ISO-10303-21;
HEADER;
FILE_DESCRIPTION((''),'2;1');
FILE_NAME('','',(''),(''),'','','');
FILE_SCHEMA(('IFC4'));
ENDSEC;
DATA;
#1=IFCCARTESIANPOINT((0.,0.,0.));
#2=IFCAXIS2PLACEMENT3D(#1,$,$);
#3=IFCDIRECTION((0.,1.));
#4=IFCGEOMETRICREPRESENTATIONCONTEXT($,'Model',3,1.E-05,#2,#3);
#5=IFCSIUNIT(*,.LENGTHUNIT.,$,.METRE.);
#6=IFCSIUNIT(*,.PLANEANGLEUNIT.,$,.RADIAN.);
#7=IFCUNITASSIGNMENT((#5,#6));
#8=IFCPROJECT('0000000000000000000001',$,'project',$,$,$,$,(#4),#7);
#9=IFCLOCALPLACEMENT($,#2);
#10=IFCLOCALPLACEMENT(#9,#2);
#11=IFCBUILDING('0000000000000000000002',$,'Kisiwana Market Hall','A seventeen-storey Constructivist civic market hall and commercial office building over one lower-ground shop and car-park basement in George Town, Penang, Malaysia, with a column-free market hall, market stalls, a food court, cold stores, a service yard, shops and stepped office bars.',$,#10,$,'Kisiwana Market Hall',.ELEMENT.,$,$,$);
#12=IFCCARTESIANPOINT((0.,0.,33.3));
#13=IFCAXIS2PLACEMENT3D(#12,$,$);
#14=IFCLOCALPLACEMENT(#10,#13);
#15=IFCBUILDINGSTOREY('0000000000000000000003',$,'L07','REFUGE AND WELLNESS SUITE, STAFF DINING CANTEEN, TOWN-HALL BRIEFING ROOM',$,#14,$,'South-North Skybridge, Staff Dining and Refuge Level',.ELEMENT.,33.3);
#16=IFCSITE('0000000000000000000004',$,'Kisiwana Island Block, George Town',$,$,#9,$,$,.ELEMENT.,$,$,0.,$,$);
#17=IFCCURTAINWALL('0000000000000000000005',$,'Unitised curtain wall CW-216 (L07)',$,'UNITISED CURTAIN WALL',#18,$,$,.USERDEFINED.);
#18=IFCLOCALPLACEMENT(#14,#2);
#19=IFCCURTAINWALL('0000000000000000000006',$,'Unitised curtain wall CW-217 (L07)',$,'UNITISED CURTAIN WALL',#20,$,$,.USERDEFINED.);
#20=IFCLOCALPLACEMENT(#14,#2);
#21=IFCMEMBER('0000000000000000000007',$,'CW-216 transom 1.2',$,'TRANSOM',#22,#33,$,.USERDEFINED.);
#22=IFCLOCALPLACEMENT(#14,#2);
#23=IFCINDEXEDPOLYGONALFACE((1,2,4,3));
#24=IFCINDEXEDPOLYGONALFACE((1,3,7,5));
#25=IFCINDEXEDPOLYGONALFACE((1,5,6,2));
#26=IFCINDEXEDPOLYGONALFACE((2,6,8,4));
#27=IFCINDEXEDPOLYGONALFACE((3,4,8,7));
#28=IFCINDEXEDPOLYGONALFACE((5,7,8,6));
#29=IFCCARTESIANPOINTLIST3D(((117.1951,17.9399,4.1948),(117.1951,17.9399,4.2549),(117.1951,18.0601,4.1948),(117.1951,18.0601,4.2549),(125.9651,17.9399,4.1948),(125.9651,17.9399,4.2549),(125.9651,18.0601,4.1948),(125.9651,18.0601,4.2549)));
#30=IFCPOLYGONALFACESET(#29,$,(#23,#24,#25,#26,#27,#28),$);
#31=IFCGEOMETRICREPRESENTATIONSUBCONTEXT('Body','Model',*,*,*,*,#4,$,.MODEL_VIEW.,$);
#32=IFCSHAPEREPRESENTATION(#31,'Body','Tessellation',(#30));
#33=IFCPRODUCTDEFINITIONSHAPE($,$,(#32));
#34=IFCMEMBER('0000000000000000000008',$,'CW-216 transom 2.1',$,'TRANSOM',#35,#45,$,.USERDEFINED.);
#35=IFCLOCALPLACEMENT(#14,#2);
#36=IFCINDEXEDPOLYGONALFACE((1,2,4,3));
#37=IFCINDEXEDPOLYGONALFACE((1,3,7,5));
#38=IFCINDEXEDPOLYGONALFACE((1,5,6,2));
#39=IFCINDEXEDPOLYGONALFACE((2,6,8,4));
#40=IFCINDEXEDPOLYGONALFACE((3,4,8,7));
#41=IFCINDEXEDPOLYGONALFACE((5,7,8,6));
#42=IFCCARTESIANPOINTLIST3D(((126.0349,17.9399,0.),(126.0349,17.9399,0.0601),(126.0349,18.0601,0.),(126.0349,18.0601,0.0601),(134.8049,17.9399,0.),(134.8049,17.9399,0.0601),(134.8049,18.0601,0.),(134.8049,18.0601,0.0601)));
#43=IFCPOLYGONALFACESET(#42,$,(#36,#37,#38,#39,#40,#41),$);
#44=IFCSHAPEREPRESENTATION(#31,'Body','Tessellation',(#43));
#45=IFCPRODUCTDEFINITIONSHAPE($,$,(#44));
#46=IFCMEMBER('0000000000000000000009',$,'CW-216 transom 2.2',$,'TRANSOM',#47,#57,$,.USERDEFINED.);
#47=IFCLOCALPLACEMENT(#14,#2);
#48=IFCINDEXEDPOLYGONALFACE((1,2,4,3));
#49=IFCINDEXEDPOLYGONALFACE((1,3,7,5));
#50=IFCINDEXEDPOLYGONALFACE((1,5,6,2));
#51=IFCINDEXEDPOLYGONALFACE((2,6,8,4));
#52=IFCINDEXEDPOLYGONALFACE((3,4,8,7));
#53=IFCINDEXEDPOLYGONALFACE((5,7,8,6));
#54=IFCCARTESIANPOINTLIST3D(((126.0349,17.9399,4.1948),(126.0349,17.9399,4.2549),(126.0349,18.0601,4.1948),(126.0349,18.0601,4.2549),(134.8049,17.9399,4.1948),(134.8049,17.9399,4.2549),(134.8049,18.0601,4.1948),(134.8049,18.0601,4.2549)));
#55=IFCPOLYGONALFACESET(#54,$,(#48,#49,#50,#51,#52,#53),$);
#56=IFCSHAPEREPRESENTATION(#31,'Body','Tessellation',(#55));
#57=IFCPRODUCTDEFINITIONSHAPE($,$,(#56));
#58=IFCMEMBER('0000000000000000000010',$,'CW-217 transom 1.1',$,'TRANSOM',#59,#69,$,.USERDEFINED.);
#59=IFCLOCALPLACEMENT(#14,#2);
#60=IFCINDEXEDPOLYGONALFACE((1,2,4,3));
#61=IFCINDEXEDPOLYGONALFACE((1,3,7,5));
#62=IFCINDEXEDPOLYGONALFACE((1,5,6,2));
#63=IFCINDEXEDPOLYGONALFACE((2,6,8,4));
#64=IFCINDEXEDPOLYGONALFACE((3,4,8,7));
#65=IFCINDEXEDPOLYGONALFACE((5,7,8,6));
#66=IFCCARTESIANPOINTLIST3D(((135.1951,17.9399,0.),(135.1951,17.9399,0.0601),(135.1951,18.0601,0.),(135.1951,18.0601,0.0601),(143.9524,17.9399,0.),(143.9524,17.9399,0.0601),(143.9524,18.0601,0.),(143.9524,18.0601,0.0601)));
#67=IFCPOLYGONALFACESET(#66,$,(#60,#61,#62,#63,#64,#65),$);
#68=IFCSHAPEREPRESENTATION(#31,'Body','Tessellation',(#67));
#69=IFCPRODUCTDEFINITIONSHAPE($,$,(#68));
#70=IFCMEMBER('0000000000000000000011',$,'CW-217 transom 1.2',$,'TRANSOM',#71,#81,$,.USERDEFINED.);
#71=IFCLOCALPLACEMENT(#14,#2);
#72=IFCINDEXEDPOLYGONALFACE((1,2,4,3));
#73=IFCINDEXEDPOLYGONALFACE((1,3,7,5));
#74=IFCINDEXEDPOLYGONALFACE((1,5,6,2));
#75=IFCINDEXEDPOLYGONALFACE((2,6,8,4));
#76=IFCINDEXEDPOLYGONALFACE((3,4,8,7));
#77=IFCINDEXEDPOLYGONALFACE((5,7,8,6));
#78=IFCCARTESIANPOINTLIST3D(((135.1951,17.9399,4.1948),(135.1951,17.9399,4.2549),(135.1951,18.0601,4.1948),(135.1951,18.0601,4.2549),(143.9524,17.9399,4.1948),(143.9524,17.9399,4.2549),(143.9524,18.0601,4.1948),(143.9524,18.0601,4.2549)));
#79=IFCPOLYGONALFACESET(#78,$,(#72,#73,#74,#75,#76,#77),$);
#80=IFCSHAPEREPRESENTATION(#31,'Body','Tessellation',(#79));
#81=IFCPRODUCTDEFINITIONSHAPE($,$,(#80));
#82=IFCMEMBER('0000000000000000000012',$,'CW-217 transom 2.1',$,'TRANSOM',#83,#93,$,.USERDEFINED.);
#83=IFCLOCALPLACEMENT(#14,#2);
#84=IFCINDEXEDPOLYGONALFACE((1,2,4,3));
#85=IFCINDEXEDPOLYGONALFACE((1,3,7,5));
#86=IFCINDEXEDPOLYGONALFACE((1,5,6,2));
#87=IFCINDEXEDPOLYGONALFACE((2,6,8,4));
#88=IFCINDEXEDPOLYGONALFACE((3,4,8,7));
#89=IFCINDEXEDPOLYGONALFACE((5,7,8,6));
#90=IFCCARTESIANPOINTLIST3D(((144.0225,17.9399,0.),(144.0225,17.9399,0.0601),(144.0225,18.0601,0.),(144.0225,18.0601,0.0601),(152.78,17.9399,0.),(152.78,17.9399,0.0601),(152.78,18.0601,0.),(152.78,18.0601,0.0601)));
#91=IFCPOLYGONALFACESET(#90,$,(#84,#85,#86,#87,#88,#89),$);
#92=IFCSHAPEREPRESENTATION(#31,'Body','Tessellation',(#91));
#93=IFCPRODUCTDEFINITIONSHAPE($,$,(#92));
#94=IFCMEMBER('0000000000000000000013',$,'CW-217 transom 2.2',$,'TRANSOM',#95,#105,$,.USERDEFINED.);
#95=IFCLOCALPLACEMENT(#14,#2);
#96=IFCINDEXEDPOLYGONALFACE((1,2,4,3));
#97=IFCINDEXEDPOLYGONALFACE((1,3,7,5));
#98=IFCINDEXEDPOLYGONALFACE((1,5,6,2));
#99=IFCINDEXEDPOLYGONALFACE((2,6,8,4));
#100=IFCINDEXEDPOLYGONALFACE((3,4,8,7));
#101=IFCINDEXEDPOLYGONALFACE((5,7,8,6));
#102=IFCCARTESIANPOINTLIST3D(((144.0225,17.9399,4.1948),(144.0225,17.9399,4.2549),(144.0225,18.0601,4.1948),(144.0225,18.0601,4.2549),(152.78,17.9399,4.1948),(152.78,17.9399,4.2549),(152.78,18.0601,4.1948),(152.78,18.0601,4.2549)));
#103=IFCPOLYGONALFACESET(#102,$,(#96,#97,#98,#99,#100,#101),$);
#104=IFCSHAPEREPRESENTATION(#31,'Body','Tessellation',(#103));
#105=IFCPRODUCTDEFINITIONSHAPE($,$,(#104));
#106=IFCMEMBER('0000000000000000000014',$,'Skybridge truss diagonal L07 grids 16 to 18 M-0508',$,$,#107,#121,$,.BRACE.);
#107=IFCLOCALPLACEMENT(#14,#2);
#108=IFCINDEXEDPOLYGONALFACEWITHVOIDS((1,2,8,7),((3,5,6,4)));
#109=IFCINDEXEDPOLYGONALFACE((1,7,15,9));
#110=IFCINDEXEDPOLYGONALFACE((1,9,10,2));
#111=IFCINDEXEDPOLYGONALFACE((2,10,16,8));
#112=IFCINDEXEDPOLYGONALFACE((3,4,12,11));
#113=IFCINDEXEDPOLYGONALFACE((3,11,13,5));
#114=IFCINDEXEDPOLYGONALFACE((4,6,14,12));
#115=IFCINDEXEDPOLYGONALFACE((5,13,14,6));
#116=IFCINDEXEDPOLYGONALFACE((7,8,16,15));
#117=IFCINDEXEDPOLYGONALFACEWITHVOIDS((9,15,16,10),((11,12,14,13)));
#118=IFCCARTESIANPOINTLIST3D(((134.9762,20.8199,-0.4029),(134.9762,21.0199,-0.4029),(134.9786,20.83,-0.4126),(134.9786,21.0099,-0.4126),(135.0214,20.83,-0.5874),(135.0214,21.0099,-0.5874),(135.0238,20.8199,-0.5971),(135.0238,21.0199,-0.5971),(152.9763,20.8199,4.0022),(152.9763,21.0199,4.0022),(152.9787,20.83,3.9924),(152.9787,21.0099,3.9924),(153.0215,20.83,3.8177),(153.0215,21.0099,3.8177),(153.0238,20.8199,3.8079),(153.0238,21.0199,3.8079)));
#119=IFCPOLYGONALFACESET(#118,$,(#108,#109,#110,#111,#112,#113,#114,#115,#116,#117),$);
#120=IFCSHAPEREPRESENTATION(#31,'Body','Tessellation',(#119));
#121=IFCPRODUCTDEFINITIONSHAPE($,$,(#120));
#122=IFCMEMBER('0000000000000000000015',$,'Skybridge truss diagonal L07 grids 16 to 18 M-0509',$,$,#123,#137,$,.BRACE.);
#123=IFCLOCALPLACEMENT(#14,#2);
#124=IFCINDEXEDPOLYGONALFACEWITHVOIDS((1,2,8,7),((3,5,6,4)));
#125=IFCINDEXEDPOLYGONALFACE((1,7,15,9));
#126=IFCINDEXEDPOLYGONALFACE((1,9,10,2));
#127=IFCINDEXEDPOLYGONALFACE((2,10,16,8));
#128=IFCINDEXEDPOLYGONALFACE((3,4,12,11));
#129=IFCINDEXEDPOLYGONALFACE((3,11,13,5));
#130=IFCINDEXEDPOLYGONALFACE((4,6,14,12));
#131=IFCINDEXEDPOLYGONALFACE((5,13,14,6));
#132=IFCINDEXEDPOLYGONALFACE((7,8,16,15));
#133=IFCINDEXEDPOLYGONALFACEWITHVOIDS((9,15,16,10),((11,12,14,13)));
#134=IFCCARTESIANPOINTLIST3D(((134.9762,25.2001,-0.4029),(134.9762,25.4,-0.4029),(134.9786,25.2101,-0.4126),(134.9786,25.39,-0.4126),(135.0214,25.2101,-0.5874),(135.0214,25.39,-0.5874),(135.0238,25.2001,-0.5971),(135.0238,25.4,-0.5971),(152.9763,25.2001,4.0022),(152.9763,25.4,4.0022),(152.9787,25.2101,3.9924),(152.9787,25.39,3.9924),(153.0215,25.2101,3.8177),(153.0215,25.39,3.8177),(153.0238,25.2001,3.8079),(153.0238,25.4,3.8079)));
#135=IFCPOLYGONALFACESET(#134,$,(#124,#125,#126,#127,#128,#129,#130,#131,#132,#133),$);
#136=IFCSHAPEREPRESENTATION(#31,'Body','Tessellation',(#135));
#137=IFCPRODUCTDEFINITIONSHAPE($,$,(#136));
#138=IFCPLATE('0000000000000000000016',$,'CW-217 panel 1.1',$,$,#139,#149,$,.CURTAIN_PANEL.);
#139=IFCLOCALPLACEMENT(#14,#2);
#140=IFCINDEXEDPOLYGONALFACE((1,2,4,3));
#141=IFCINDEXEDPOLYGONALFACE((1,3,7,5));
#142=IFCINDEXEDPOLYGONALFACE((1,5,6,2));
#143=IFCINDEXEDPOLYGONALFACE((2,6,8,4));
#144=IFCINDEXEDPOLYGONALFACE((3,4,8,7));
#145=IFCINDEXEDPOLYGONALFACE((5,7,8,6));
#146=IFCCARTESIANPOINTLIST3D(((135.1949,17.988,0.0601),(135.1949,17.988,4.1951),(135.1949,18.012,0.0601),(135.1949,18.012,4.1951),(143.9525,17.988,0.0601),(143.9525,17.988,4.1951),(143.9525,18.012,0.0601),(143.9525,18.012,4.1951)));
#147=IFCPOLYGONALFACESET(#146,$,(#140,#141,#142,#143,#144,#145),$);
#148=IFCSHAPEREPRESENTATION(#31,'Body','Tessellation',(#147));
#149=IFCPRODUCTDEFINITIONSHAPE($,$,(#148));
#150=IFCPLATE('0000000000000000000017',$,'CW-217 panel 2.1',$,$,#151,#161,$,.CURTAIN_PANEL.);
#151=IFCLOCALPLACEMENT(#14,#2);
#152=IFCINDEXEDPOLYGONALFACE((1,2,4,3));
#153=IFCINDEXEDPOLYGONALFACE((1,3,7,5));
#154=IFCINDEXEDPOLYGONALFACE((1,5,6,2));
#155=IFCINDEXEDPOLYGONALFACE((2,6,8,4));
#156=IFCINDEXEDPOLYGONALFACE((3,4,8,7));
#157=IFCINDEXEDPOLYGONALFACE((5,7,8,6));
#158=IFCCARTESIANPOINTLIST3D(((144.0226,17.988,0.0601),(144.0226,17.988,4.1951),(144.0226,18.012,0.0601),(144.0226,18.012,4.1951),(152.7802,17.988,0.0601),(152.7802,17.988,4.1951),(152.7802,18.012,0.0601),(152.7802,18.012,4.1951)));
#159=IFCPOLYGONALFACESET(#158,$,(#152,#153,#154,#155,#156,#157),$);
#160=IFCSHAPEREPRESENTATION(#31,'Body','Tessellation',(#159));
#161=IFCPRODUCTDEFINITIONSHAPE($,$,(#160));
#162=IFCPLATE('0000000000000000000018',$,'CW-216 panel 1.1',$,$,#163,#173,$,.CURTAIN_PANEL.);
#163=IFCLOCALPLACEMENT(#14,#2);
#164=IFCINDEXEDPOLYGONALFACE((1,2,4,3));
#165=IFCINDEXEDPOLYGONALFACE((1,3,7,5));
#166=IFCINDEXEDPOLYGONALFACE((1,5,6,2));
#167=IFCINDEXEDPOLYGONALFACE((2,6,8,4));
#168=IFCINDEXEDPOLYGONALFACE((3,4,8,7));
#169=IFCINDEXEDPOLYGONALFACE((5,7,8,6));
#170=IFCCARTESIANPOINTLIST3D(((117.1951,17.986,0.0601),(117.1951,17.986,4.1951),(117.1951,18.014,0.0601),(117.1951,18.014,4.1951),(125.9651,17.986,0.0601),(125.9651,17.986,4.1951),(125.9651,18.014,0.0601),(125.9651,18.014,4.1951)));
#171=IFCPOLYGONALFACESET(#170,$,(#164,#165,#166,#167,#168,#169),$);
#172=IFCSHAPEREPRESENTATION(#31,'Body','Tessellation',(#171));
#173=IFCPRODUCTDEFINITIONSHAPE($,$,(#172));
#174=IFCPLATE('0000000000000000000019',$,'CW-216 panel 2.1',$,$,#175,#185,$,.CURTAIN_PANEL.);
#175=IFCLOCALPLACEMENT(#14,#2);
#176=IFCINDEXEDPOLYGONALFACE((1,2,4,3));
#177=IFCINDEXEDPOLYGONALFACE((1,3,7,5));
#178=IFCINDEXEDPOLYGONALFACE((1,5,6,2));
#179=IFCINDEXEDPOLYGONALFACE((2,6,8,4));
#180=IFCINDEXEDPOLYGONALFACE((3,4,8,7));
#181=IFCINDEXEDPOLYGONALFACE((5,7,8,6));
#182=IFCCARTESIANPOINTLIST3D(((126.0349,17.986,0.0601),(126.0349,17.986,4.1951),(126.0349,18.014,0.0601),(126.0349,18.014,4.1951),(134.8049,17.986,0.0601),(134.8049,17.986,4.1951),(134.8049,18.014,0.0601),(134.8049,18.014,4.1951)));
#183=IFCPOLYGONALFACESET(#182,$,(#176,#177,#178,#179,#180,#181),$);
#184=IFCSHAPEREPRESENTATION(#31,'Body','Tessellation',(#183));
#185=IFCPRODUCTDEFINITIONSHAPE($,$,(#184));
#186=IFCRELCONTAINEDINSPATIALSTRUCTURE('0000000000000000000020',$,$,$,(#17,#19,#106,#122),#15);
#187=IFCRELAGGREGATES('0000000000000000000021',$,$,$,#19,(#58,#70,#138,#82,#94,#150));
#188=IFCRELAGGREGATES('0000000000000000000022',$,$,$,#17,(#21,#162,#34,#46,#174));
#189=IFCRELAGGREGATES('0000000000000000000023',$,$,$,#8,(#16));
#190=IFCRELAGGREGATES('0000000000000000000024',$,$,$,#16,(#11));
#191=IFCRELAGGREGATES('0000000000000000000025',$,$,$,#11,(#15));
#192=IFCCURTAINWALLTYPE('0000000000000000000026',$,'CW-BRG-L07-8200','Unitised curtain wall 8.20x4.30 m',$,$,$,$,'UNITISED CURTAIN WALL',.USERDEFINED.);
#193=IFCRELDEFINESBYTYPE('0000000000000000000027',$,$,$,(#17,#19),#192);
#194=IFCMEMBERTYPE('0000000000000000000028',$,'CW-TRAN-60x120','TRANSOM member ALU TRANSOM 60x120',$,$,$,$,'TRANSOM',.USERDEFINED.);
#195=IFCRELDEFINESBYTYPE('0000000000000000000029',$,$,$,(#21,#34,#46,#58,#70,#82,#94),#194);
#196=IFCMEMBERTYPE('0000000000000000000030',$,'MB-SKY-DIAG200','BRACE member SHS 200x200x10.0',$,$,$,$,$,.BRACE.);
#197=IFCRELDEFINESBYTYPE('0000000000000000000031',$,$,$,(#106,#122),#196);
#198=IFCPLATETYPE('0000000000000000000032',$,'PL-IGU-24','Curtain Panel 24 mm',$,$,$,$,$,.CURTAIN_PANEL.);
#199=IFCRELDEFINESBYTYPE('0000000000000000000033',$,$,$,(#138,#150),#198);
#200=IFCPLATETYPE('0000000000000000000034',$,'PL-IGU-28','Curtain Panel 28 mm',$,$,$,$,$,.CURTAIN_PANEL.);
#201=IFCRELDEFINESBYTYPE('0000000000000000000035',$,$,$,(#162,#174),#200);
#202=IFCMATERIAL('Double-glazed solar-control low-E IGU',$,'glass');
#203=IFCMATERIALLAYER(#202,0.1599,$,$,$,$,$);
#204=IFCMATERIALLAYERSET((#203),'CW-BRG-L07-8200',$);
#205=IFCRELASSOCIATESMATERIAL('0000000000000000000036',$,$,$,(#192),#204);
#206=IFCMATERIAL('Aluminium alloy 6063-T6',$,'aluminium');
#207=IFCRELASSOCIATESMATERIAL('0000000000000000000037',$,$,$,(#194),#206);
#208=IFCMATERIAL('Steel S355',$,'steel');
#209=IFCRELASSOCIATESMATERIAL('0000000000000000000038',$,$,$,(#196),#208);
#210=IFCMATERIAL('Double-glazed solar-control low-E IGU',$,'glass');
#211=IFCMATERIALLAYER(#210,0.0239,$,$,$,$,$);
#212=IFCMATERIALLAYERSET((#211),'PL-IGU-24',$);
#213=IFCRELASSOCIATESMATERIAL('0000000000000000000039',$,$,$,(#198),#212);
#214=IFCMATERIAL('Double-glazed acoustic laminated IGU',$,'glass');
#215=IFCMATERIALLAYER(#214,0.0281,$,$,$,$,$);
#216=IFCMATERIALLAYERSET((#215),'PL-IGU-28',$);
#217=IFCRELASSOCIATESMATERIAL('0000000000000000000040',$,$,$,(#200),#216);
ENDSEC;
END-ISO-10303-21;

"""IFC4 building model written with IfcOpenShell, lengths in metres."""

from ifc_helpers import new_model, si_unit, direction, frame, origin, origin_2d, place, context, subcontext, project, spatial, rectangle, hollow_rectangle, extrude, material, layer, layer_set, material_profile, profile_set, type_object, element, aggregate, save


model = new_model("IFC4")

# Units and contexts
model_context = context("Model", 3, precision=1e-05, world=origin(), true_north=direction((0.0, 1.0)))
body_context = subcontext(model_context, "Body", "Model", "MODEL_VIEW")
ifc_project = project(units=[si_unit("LENGTHUNIT", "METRE"), si_unit("PLANEANGLEUNIT", "RADIAN")], contexts=[model_context])

# Site, building, storey
site_placement = place(None, origin())
site = spatial("IfcSite", under=ifc_project, at=site_placement, Name="Kisiwana Island Block, George Town", CompositionType="ELEMENT", RefElevation=0.0)
building_placement = place(site_placement, origin())
building = spatial("IfcBuilding", under=site, at=building_placement, Name="Kisiwana Market Hall", Description="A seventeen-storey Constructivist civic market hall and commercial office building over one lower-ground shop and car-park basement in George Town, Penang, Malaysia, with a column-free market hall, market stalls, a food court, cold stores, a service yard, shops and stepped office bars.", LongName="Kisiwana Market Hall", CompositionType="ELEMENT")
storey_placement = place(building_placement, frame((0.0, 0.0, 33.3)))
storey = spatial("IfcBuildingStorey", under=building, at=storey_placement, Name="L07", Description="REFUGE AND WELLNESS SUITE, STAFF DINING CANTEEN, TOWN-HALL BRIEFING ROOM", LongName="South-North Skybridge, Staff Dining and Refuge Level", CompositionType="ELEMENT", Elevation=33.3)

# Curtain walls
ifc_material_1 = material(Name="Double-glazed solar-control low-E IGU", Category="glass")
ifc_layer_1 = layer(ifc_material_1, 0.1599)
ifc_layer_set_1 = layer_set([ifc_layer_1], Name="CW-BRG-L07-8200")
curtain_wall_type = type_object("IfcCurtainWallType", Name="CW-BRG-L07-8200", Description="Unitised curtain wall 8.20x4.30 m", ElementType="UNITISED CURTAIN WALL", PredefinedType="USERDEFINED", material=ifc_layer_set_1)
curtain_wall_1_placement = place(storey_placement, origin())
curtain_wall_1 = element("IfcCurtainWall", 1, at=curtain_wall_1_placement, inside=storey, type_object=curtain_wall_type, Name="Unitised curtain wall CW-216 (L07)", ObjectType="UNITISED CURTAIN WALL", PredefinedType="USERDEFINED")
curtain_wall_2_placement = place(storey_placement, origin())
curtain_wall_2 = element("IfcCurtainWall", 2, at=curtain_wall_2_placement, inside=storey, type_object=curtain_wall_type, Name="Unitised curtain wall CW-217 (L07)", ObjectType="UNITISED CURTAIN WALL", PredefinedType="USERDEFINED")

# Members
ifc_material_2 = material(Name="Aluminium alloy 6063-T6", Category="aluminium")
ifc_material_profile_1 = material_profile(ifc_material_2, rectangle(XDim=0.1201, YDim=0.0601, at=origin_2d()), Name="ALU TRANSOM 60x120")
ifc_profile_set_1 = profile_set([ifc_material_profile_1], Name="Aluminium alloy 6063-T6")
member_type_1 = type_object("IfcMemberType", Name="CW-TRAN-60x120", Description="TRANSOM member ALU TRANSOM 60x120", ElementType="TRANSOM", PredefinedType="USERDEFINED", material=ifc_profile_set_1)
member_1_placement = place(storey_placement, frame((117.1951, 18.0, 4.2249), z_axis=(1.0, 0.0, 0.0), x_axis=(0.0, 1.0, 0.0)))
member_1 = element("IfcMember", 3, at=member_1_placement, type_object=member_type_1, Name="CW-216 transom 1.2", ObjectType="TRANSOM", PredefinedType="USERDEFINED", context=body_context, shape_type="SweptSolid", body=[
    extrude(rectangle(XDim=0.1201, YDim=0.0601, at=origin_2d()), origin(), (0.0, 0.0, 1.0), 8.77),
])
member_2_placement = place(storey_placement, frame((126.0349, 18.0, 0.03), z_axis=(1.0, 0.0, 0.0), x_axis=(0.0, 1.0, 0.0)))
member_2 = element("IfcMember", 4, at=member_2_placement, type_object=member_type_1, Name="CW-216 transom 2.1", ObjectType="TRANSOM", PredefinedType="USERDEFINED", context=body_context, shape_type="SweptSolid", body=[
    extrude(rectangle(XDim=0.1201, YDim=0.0601, at=origin_2d()), origin(), (0.0, 0.0, 1.0), 8.77),
])
member_3_placement = place(storey_placement, frame((126.0349, 18.0, 4.2249), z_axis=(1.0, 0.0, 0.0), x_axis=(0.0, 1.0, 0.0)))
member_3 = element("IfcMember", 5, at=member_3_placement, type_object=member_type_1, Name="CW-216 transom 2.2", ObjectType="TRANSOM", PredefinedType="USERDEFINED", context=body_context, shape_type="SweptSolid", body=[
    extrude(rectangle(XDim=0.1201, YDim=0.0601, at=origin_2d()), origin(), (0.0, 0.0, 1.0), 8.77),
])
member_4_placement = place(storey_placement, frame((135.1951, 18.0, 0.03), z_axis=(1.0, 0.0, 0.0), x_axis=(0.0, 1.0, 0.0)))
member_4 = element("IfcMember", 6, at=member_4_placement, type_object=member_type_1, Name="CW-217 transom 1.1", ObjectType="TRANSOM", PredefinedType="USERDEFINED", context=body_context, shape_type="SweptSolid", body=[
    extrude(rectangle(XDim=0.1201, YDim=0.0601, at=origin_2d()), origin(), (0.0, 0.0, 1.0), 8.7573),
])
member_5_placement = place(storey_placement, frame((135.1951, 18.0, 4.2249), z_axis=(1.0, 0.0, 0.0), x_axis=(0.0, 1.0, 0.0)))
member_5 = element("IfcMember", 7, at=member_5_placement, type_object=member_type_1, Name="CW-217 transom 1.2", ObjectType="TRANSOM", PredefinedType="USERDEFINED", context=body_context, shape_type="SweptSolid", body=[
    extrude(rectangle(XDim=0.1201, YDim=0.0601, at=origin_2d()), origin(), (0.0, 0.0, 1.0), 8.7573),
])
member_6_placement = place(storey_placement, frame((144.0225, 18.0, 0.03), z_axis=(1.0, 0.0, 0.0), x_axis=(0.0, 1.0, 0.0)))
member_6 = element("IfcMember", 8, at=member_6_placement, type_object=member_type_1, Name="CW-217 transom 2.1", ObjectType="TRANSOM", PredefinedType="USERDEFINED", context=body_context, shape_type="SweptSolid", body=[
    extrude(rectangle(XDim=0.1201, YDim=0.0601, at=origin_2d()), origin(), (0.0, 0.0, 1.0), 8.7576),
])
member_7_placement = place(storey_placement, frame((144.0225, 18.0, 4.2249), z_axis=(1.0, 0.0, 0.0), x_axis=(0.0, 1.0, 0.0)))
member_7 = element("IfcMember", 9, at=member_7_placement, type_object=member_type_1, Name="CW-217 transom 2.2", ObjectType="TRANSOM", PredefinedType="USERDEFINED", context=body_context, shape_type="SweptSolid", body=[
    extrude(rectangle(XDim=0.1201, YDim=0.0601, at=origin_2d()), origin(), (0.0, 0.0, 1.0), 8.7576),
])

# Members
ifc_material_3 = material(Name="Steel S355", Category="steel")
ifc_material_profile_2 = material_profile(ifc_material_3, hollow_rectangle(XDim=0.2, YDim=0.2, WallThickness=0.01, at=origin_2d()), Name="SHS 200x200x10.0")
ifc_profile_set_2 = profile_set([ifc_material_profile_2], Name="Steel S355")
member_type_2 = type_object("IfcMemberType", Name="MB-SKY-DIAG200", Description="BRACE member SHS 200x200x10.0", PredefinedType="BRACE", material=ifc_profile_set_2)
for number, where, z_axis, x_axis, name in (
    (10, (135.0, 20.9199, -0.5), (0.971336, 0.0, 0.237709), (0.0, 1.0, 0.0), "Skybridge truss diagonal L07 grids 16 to 18 M-0508"),
    (11, (135.0, 25.3, -0.5), (0.971336, 0.0, 0.237709), (0.0, 1.0, 0.0), "Skybridge truss diagonal L07 grids 16 to 18 M-0509"),
):
    element("IfcMember", number, at=place(storey_placement, frame(where, z_axis=z_axis, x_axis=x_axis)), inside=storey, type_object=member_type_2, Name=name, PredefinedType="BRACE", context=body_context, shape_type="SweptSolid", body=[
        extrude(hollow_rectangle(XDim=0.2, YDim=0.2, WallThickness=0.01, at=origin_2d()), origin(), (0.0, 0.0, 1.0), 18.5312),
    ])

# Plates
ifc_material_4 = material(Name="Double-glazed solar-control low-E IGU", Category="glass")
ifc_layer_2 = layer(ifc_material_4, 0.0239)
ifc_layer_set_2 = layer_set([ifc_layer_2], Name="PL-IGU-24")
plate_type_1 = type_object("IfcPlateType", Name="PL-IGU-24", Description="Curtain Panel 24 mm", PredefinedType="CURTAIN_PANEL", material=ifc_layer_set_2)
plate_1_placement = place(storey_placement, frame((139.5737, 18.0, 0.0601), z_axis=(0.0, 0.0, 1.0), x_axis=(1.0, 0.0, 0.0)))
plate_1 = element("IfcPlate", 12, at=plate_1_placement, type_object=plate_type_1, Name="CW-217 panel 1.1", PredefinedType="CURTAIN_PANEL", context=body_context, shape_type="SweptSolid", body=[
    extrude(rectangle(XDim=8.7576, YDim=0.0239, at=origin_2d()), origin(), (0.0, 0.0, 1.0), 4.135),
])
plate_2_placement = place(storey_placement, frame((148.4014, 18.0, 0.0601), z_axis=(0.0, 0.0, 1.0), x_axis=(1.0, 0.0, 0.0)))
plate_2 = element("IfcPlate", 13, at=plate_2_placement, type_object=plate_type_1, Name="CW-217 panel 2.1", PredefinedType="CURTAIN_PANEL", context=body_context, shape_type="SweptSolid", body=[
    extrude(rectangle(XDim=8.7576, YDim=0.0239, at=origin_2d()), origin(), (0.0, 0.0, 1.0), 4.135),
])
aggregate(curtain_wall_2, [member_4, member_5, plate_1, member_6, member_7, plate_2])
ifc_material_5 = material(Name="Double-glazed acoustic laminated IGU", Category="glass")
ifc_layer_3 = layer(ifc_material_5, 0.0281)
ifc_layer_set_3 = layer_set([ifc_layer_3], Name="PL-IGU-28")
plate_type_2 = type_object("IfcPlateType", Name="PL-IGU-28", Description="Curtain Panel 28 mm", PredefinedType="CURTAIN_PANEL", material=ifc_layer_set_3)
plate_3_placement = place(storey_placement, frame((121.5801, 18.0, 0.0601), z_axis=(0.0, 0.0, 1.0), x_axis=(1.0, 0.0, 0.0)))
plate_3 = element("IfcPlate", 14, at=plate_3_placement, type_object=plate_type_2, Name="CW-216 panel 1.1", PredefinedType="CURTAIN_PANEL", context=body_context, shape_type="SweptSolid", body=[
    extrude(rectangle(XDim=8.77, YDim=0.0281, at=origin_2d()), origin(), (0.0, 0.0, 1.0), 4.135),
])
plate_4_placement = place(storey_placement, frame((130.4199, 18.0, 0.0601), z_axis=(0.0, 0.0, 1.0), x_axis=(1.0, 0.0, 0.0)))
plate_4 = element("IfcPlate", 15, at=plate_4_placement, type_object=plate_type_2, Name="CW-216 panel 2.1", PredefinedType="CURTAIN_PANEL", context=body_context, shape_type="SweptSolid", body=[
    extrude(rectangle(XDim=8.77, YDim=0.0281, at=origin_2d()), origin(), (0.0, 0.0, 1.0), 4.135),
])
aggregate(curtain_wall_1, [member_1, plate_3, member_2, member_3, plate_4])

save(model, "model.ifc")
